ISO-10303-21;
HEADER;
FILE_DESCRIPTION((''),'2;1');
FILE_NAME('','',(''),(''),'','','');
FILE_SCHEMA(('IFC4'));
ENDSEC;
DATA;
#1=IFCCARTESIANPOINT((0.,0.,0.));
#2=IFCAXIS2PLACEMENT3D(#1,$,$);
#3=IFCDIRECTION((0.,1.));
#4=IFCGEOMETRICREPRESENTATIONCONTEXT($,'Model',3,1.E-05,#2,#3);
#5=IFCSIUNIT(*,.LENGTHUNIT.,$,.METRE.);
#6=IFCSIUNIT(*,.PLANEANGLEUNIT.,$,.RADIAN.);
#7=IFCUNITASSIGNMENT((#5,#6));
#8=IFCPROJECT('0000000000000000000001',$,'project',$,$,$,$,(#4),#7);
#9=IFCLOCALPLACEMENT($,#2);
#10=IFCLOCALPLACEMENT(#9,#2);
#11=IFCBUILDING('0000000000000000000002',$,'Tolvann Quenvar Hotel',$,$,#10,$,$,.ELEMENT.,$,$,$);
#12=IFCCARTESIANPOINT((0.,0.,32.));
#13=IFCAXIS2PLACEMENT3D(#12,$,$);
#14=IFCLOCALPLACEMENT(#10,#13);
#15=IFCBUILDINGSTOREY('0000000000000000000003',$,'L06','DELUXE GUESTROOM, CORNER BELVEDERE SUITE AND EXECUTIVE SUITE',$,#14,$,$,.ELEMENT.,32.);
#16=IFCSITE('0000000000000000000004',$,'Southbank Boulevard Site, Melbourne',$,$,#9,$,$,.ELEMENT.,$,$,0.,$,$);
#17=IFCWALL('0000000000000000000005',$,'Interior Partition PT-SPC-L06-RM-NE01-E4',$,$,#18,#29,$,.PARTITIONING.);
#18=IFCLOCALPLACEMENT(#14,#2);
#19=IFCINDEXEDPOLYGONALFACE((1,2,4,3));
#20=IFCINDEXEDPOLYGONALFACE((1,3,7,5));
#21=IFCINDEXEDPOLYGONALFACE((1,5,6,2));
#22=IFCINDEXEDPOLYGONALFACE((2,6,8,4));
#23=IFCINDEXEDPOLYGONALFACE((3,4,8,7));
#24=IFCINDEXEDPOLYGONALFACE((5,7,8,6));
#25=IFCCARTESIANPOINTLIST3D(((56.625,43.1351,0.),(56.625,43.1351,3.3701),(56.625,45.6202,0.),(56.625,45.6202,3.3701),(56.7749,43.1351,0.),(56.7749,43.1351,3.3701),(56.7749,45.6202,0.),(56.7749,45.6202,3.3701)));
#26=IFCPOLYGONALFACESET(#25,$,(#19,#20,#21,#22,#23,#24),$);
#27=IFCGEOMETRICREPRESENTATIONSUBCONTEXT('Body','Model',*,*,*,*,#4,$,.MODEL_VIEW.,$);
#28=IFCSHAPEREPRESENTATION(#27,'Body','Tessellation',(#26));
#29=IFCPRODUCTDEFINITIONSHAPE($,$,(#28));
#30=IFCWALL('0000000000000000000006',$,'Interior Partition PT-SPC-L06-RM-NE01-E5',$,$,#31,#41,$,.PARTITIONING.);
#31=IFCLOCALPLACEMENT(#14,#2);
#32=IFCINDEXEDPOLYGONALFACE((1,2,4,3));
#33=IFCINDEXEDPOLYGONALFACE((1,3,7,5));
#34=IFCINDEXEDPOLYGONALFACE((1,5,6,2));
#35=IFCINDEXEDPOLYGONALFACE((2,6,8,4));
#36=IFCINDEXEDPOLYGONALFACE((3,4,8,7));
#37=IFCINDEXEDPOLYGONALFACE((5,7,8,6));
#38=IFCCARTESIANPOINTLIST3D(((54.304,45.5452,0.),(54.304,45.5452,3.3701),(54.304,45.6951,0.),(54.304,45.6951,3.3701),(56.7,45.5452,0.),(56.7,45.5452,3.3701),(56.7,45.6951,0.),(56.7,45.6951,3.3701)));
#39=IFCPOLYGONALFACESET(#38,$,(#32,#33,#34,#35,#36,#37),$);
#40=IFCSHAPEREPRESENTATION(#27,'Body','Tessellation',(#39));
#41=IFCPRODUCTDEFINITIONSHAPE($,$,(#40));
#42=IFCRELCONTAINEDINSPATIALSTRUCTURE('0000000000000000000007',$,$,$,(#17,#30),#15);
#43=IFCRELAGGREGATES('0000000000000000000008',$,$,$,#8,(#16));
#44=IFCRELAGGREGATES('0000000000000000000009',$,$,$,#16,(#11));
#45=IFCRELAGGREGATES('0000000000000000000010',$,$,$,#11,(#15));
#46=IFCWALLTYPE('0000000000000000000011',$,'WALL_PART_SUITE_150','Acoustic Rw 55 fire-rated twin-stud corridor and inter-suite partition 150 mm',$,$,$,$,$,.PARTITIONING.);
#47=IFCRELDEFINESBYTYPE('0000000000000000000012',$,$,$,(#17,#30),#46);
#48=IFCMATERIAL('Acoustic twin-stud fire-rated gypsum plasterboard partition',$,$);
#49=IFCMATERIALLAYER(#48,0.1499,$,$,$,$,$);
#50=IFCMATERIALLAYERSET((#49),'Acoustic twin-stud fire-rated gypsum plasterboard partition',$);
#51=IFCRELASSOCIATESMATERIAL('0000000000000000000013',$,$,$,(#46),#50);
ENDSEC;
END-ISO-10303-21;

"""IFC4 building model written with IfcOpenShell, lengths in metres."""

from ifc_helpers import new_model, si_unit, direction, frame, frame_2d, origin, place, context, subcontext, project, spatial, rectangle, extrude, material, layer, layer_set, type_object, element, save


model = new_model("IFC4")

# Units and contexts
model_context = context("Model", 3, precision=1e-05, world=origin(), true_north=direction((0.0, 1.0)))
body_context = subcontext(model_context, "Body", "Model", "MODEL_VIEW")
ifc_project = project(units=[si_unit("LENGTHUNIT", "METRE"), si_unit("PLANEANGLEUNIT", "RADIAN")], contexts=[model_context])

# Site, building, storey
site_placement = place(None, origin())
site = spatial("IfcSite", under=ifc_project, at=site_placement, Name="Southbank Boulevard Site, Melbourne", CompositionType="ELEMENT", RefElevation=0.0)
building_placement = place(site_placement, origin())
building = spatial("IfcBuilding", under=site, at=building_placement, Name="Tolvann Quenvar Hotel", CompositionType="ELEMENT")
storey_placement = place(building_placement, frame((0.0, 0.0, 32.0)))
storey = spatial("IfcBuildingStorey", under=building, at=storey_placement, Name="L06", Description="DELUXE GUESTROOM, CORNER BELVEDERE SUITE AND EXECUTIVE SUITE", CompositionType="ELEMENT", Elevation=32.0)

# Walls
ifc_material_1 = material(Name="Acoustic twin-stud fire-rated gypsum plasterboard partition")
ifc_layer_1 = layer(ifc_material_1, 0.1499)
ifc_layer_set_1 = layer_set([ifc_layer_1], Name="Acoustic twin-stud fire-rated gypsum plasterboard partition")
wall_type_1 = type_object("IfcWallType", Name="WALL_PART_SUITE_150", Description="Acoustic Rw 55 fire-rated twin-stud corridor and inter-suite partition 150 mm", PredefinedType="PARTITIONING", material=ifc_layer_set_1)
wall_1_placement = place(storey_placement, frame((56.7, 43.135, 0.0), z_axis=(0.0, 0.0, 1.0), x_axis=(0.0, 1.0, 0.0)))
element("IfcWall", 1, at=wall_1_placement, inside=storey, type_object=wall_type_1, Name="Interior Partition PT-SPC-L06-RM-NE01-E4", PredefinedType="PARTITIONING", context=body_context, shape_type="SweptSolid", body=[
    extrude(rectangle(XDim=2.4851, YDim=0.1499, at=frame_2d((1.2427, 0.0))), origin(), (0.0, 0.0, 1.0), 3.3701),
])
wall_2_placement = place(storey_placement, frame((54.304, 45.6201, 0.0), z_axis=(0.0, 0.0, 1.0), x_axis=(1.0, 0.0, 0.0)))
element("IfcWall", 2, at=wall_2_placement, inside=storey, type_object=wall_type_1, Name="Interior Partition PT-SPC-L06-RM-NE01-E5", PredefinedType="PARTITIONING", context=body_context, shape_type="SweptSolid", body=[
    extrude(rectangle(XDim=2.396, YDim=0.1499, at=frame_2d((1.198, 0.0))), origin(), (0.0, 0.0, 1.0), 3.3701),
])

save(model, "model.ifc")
